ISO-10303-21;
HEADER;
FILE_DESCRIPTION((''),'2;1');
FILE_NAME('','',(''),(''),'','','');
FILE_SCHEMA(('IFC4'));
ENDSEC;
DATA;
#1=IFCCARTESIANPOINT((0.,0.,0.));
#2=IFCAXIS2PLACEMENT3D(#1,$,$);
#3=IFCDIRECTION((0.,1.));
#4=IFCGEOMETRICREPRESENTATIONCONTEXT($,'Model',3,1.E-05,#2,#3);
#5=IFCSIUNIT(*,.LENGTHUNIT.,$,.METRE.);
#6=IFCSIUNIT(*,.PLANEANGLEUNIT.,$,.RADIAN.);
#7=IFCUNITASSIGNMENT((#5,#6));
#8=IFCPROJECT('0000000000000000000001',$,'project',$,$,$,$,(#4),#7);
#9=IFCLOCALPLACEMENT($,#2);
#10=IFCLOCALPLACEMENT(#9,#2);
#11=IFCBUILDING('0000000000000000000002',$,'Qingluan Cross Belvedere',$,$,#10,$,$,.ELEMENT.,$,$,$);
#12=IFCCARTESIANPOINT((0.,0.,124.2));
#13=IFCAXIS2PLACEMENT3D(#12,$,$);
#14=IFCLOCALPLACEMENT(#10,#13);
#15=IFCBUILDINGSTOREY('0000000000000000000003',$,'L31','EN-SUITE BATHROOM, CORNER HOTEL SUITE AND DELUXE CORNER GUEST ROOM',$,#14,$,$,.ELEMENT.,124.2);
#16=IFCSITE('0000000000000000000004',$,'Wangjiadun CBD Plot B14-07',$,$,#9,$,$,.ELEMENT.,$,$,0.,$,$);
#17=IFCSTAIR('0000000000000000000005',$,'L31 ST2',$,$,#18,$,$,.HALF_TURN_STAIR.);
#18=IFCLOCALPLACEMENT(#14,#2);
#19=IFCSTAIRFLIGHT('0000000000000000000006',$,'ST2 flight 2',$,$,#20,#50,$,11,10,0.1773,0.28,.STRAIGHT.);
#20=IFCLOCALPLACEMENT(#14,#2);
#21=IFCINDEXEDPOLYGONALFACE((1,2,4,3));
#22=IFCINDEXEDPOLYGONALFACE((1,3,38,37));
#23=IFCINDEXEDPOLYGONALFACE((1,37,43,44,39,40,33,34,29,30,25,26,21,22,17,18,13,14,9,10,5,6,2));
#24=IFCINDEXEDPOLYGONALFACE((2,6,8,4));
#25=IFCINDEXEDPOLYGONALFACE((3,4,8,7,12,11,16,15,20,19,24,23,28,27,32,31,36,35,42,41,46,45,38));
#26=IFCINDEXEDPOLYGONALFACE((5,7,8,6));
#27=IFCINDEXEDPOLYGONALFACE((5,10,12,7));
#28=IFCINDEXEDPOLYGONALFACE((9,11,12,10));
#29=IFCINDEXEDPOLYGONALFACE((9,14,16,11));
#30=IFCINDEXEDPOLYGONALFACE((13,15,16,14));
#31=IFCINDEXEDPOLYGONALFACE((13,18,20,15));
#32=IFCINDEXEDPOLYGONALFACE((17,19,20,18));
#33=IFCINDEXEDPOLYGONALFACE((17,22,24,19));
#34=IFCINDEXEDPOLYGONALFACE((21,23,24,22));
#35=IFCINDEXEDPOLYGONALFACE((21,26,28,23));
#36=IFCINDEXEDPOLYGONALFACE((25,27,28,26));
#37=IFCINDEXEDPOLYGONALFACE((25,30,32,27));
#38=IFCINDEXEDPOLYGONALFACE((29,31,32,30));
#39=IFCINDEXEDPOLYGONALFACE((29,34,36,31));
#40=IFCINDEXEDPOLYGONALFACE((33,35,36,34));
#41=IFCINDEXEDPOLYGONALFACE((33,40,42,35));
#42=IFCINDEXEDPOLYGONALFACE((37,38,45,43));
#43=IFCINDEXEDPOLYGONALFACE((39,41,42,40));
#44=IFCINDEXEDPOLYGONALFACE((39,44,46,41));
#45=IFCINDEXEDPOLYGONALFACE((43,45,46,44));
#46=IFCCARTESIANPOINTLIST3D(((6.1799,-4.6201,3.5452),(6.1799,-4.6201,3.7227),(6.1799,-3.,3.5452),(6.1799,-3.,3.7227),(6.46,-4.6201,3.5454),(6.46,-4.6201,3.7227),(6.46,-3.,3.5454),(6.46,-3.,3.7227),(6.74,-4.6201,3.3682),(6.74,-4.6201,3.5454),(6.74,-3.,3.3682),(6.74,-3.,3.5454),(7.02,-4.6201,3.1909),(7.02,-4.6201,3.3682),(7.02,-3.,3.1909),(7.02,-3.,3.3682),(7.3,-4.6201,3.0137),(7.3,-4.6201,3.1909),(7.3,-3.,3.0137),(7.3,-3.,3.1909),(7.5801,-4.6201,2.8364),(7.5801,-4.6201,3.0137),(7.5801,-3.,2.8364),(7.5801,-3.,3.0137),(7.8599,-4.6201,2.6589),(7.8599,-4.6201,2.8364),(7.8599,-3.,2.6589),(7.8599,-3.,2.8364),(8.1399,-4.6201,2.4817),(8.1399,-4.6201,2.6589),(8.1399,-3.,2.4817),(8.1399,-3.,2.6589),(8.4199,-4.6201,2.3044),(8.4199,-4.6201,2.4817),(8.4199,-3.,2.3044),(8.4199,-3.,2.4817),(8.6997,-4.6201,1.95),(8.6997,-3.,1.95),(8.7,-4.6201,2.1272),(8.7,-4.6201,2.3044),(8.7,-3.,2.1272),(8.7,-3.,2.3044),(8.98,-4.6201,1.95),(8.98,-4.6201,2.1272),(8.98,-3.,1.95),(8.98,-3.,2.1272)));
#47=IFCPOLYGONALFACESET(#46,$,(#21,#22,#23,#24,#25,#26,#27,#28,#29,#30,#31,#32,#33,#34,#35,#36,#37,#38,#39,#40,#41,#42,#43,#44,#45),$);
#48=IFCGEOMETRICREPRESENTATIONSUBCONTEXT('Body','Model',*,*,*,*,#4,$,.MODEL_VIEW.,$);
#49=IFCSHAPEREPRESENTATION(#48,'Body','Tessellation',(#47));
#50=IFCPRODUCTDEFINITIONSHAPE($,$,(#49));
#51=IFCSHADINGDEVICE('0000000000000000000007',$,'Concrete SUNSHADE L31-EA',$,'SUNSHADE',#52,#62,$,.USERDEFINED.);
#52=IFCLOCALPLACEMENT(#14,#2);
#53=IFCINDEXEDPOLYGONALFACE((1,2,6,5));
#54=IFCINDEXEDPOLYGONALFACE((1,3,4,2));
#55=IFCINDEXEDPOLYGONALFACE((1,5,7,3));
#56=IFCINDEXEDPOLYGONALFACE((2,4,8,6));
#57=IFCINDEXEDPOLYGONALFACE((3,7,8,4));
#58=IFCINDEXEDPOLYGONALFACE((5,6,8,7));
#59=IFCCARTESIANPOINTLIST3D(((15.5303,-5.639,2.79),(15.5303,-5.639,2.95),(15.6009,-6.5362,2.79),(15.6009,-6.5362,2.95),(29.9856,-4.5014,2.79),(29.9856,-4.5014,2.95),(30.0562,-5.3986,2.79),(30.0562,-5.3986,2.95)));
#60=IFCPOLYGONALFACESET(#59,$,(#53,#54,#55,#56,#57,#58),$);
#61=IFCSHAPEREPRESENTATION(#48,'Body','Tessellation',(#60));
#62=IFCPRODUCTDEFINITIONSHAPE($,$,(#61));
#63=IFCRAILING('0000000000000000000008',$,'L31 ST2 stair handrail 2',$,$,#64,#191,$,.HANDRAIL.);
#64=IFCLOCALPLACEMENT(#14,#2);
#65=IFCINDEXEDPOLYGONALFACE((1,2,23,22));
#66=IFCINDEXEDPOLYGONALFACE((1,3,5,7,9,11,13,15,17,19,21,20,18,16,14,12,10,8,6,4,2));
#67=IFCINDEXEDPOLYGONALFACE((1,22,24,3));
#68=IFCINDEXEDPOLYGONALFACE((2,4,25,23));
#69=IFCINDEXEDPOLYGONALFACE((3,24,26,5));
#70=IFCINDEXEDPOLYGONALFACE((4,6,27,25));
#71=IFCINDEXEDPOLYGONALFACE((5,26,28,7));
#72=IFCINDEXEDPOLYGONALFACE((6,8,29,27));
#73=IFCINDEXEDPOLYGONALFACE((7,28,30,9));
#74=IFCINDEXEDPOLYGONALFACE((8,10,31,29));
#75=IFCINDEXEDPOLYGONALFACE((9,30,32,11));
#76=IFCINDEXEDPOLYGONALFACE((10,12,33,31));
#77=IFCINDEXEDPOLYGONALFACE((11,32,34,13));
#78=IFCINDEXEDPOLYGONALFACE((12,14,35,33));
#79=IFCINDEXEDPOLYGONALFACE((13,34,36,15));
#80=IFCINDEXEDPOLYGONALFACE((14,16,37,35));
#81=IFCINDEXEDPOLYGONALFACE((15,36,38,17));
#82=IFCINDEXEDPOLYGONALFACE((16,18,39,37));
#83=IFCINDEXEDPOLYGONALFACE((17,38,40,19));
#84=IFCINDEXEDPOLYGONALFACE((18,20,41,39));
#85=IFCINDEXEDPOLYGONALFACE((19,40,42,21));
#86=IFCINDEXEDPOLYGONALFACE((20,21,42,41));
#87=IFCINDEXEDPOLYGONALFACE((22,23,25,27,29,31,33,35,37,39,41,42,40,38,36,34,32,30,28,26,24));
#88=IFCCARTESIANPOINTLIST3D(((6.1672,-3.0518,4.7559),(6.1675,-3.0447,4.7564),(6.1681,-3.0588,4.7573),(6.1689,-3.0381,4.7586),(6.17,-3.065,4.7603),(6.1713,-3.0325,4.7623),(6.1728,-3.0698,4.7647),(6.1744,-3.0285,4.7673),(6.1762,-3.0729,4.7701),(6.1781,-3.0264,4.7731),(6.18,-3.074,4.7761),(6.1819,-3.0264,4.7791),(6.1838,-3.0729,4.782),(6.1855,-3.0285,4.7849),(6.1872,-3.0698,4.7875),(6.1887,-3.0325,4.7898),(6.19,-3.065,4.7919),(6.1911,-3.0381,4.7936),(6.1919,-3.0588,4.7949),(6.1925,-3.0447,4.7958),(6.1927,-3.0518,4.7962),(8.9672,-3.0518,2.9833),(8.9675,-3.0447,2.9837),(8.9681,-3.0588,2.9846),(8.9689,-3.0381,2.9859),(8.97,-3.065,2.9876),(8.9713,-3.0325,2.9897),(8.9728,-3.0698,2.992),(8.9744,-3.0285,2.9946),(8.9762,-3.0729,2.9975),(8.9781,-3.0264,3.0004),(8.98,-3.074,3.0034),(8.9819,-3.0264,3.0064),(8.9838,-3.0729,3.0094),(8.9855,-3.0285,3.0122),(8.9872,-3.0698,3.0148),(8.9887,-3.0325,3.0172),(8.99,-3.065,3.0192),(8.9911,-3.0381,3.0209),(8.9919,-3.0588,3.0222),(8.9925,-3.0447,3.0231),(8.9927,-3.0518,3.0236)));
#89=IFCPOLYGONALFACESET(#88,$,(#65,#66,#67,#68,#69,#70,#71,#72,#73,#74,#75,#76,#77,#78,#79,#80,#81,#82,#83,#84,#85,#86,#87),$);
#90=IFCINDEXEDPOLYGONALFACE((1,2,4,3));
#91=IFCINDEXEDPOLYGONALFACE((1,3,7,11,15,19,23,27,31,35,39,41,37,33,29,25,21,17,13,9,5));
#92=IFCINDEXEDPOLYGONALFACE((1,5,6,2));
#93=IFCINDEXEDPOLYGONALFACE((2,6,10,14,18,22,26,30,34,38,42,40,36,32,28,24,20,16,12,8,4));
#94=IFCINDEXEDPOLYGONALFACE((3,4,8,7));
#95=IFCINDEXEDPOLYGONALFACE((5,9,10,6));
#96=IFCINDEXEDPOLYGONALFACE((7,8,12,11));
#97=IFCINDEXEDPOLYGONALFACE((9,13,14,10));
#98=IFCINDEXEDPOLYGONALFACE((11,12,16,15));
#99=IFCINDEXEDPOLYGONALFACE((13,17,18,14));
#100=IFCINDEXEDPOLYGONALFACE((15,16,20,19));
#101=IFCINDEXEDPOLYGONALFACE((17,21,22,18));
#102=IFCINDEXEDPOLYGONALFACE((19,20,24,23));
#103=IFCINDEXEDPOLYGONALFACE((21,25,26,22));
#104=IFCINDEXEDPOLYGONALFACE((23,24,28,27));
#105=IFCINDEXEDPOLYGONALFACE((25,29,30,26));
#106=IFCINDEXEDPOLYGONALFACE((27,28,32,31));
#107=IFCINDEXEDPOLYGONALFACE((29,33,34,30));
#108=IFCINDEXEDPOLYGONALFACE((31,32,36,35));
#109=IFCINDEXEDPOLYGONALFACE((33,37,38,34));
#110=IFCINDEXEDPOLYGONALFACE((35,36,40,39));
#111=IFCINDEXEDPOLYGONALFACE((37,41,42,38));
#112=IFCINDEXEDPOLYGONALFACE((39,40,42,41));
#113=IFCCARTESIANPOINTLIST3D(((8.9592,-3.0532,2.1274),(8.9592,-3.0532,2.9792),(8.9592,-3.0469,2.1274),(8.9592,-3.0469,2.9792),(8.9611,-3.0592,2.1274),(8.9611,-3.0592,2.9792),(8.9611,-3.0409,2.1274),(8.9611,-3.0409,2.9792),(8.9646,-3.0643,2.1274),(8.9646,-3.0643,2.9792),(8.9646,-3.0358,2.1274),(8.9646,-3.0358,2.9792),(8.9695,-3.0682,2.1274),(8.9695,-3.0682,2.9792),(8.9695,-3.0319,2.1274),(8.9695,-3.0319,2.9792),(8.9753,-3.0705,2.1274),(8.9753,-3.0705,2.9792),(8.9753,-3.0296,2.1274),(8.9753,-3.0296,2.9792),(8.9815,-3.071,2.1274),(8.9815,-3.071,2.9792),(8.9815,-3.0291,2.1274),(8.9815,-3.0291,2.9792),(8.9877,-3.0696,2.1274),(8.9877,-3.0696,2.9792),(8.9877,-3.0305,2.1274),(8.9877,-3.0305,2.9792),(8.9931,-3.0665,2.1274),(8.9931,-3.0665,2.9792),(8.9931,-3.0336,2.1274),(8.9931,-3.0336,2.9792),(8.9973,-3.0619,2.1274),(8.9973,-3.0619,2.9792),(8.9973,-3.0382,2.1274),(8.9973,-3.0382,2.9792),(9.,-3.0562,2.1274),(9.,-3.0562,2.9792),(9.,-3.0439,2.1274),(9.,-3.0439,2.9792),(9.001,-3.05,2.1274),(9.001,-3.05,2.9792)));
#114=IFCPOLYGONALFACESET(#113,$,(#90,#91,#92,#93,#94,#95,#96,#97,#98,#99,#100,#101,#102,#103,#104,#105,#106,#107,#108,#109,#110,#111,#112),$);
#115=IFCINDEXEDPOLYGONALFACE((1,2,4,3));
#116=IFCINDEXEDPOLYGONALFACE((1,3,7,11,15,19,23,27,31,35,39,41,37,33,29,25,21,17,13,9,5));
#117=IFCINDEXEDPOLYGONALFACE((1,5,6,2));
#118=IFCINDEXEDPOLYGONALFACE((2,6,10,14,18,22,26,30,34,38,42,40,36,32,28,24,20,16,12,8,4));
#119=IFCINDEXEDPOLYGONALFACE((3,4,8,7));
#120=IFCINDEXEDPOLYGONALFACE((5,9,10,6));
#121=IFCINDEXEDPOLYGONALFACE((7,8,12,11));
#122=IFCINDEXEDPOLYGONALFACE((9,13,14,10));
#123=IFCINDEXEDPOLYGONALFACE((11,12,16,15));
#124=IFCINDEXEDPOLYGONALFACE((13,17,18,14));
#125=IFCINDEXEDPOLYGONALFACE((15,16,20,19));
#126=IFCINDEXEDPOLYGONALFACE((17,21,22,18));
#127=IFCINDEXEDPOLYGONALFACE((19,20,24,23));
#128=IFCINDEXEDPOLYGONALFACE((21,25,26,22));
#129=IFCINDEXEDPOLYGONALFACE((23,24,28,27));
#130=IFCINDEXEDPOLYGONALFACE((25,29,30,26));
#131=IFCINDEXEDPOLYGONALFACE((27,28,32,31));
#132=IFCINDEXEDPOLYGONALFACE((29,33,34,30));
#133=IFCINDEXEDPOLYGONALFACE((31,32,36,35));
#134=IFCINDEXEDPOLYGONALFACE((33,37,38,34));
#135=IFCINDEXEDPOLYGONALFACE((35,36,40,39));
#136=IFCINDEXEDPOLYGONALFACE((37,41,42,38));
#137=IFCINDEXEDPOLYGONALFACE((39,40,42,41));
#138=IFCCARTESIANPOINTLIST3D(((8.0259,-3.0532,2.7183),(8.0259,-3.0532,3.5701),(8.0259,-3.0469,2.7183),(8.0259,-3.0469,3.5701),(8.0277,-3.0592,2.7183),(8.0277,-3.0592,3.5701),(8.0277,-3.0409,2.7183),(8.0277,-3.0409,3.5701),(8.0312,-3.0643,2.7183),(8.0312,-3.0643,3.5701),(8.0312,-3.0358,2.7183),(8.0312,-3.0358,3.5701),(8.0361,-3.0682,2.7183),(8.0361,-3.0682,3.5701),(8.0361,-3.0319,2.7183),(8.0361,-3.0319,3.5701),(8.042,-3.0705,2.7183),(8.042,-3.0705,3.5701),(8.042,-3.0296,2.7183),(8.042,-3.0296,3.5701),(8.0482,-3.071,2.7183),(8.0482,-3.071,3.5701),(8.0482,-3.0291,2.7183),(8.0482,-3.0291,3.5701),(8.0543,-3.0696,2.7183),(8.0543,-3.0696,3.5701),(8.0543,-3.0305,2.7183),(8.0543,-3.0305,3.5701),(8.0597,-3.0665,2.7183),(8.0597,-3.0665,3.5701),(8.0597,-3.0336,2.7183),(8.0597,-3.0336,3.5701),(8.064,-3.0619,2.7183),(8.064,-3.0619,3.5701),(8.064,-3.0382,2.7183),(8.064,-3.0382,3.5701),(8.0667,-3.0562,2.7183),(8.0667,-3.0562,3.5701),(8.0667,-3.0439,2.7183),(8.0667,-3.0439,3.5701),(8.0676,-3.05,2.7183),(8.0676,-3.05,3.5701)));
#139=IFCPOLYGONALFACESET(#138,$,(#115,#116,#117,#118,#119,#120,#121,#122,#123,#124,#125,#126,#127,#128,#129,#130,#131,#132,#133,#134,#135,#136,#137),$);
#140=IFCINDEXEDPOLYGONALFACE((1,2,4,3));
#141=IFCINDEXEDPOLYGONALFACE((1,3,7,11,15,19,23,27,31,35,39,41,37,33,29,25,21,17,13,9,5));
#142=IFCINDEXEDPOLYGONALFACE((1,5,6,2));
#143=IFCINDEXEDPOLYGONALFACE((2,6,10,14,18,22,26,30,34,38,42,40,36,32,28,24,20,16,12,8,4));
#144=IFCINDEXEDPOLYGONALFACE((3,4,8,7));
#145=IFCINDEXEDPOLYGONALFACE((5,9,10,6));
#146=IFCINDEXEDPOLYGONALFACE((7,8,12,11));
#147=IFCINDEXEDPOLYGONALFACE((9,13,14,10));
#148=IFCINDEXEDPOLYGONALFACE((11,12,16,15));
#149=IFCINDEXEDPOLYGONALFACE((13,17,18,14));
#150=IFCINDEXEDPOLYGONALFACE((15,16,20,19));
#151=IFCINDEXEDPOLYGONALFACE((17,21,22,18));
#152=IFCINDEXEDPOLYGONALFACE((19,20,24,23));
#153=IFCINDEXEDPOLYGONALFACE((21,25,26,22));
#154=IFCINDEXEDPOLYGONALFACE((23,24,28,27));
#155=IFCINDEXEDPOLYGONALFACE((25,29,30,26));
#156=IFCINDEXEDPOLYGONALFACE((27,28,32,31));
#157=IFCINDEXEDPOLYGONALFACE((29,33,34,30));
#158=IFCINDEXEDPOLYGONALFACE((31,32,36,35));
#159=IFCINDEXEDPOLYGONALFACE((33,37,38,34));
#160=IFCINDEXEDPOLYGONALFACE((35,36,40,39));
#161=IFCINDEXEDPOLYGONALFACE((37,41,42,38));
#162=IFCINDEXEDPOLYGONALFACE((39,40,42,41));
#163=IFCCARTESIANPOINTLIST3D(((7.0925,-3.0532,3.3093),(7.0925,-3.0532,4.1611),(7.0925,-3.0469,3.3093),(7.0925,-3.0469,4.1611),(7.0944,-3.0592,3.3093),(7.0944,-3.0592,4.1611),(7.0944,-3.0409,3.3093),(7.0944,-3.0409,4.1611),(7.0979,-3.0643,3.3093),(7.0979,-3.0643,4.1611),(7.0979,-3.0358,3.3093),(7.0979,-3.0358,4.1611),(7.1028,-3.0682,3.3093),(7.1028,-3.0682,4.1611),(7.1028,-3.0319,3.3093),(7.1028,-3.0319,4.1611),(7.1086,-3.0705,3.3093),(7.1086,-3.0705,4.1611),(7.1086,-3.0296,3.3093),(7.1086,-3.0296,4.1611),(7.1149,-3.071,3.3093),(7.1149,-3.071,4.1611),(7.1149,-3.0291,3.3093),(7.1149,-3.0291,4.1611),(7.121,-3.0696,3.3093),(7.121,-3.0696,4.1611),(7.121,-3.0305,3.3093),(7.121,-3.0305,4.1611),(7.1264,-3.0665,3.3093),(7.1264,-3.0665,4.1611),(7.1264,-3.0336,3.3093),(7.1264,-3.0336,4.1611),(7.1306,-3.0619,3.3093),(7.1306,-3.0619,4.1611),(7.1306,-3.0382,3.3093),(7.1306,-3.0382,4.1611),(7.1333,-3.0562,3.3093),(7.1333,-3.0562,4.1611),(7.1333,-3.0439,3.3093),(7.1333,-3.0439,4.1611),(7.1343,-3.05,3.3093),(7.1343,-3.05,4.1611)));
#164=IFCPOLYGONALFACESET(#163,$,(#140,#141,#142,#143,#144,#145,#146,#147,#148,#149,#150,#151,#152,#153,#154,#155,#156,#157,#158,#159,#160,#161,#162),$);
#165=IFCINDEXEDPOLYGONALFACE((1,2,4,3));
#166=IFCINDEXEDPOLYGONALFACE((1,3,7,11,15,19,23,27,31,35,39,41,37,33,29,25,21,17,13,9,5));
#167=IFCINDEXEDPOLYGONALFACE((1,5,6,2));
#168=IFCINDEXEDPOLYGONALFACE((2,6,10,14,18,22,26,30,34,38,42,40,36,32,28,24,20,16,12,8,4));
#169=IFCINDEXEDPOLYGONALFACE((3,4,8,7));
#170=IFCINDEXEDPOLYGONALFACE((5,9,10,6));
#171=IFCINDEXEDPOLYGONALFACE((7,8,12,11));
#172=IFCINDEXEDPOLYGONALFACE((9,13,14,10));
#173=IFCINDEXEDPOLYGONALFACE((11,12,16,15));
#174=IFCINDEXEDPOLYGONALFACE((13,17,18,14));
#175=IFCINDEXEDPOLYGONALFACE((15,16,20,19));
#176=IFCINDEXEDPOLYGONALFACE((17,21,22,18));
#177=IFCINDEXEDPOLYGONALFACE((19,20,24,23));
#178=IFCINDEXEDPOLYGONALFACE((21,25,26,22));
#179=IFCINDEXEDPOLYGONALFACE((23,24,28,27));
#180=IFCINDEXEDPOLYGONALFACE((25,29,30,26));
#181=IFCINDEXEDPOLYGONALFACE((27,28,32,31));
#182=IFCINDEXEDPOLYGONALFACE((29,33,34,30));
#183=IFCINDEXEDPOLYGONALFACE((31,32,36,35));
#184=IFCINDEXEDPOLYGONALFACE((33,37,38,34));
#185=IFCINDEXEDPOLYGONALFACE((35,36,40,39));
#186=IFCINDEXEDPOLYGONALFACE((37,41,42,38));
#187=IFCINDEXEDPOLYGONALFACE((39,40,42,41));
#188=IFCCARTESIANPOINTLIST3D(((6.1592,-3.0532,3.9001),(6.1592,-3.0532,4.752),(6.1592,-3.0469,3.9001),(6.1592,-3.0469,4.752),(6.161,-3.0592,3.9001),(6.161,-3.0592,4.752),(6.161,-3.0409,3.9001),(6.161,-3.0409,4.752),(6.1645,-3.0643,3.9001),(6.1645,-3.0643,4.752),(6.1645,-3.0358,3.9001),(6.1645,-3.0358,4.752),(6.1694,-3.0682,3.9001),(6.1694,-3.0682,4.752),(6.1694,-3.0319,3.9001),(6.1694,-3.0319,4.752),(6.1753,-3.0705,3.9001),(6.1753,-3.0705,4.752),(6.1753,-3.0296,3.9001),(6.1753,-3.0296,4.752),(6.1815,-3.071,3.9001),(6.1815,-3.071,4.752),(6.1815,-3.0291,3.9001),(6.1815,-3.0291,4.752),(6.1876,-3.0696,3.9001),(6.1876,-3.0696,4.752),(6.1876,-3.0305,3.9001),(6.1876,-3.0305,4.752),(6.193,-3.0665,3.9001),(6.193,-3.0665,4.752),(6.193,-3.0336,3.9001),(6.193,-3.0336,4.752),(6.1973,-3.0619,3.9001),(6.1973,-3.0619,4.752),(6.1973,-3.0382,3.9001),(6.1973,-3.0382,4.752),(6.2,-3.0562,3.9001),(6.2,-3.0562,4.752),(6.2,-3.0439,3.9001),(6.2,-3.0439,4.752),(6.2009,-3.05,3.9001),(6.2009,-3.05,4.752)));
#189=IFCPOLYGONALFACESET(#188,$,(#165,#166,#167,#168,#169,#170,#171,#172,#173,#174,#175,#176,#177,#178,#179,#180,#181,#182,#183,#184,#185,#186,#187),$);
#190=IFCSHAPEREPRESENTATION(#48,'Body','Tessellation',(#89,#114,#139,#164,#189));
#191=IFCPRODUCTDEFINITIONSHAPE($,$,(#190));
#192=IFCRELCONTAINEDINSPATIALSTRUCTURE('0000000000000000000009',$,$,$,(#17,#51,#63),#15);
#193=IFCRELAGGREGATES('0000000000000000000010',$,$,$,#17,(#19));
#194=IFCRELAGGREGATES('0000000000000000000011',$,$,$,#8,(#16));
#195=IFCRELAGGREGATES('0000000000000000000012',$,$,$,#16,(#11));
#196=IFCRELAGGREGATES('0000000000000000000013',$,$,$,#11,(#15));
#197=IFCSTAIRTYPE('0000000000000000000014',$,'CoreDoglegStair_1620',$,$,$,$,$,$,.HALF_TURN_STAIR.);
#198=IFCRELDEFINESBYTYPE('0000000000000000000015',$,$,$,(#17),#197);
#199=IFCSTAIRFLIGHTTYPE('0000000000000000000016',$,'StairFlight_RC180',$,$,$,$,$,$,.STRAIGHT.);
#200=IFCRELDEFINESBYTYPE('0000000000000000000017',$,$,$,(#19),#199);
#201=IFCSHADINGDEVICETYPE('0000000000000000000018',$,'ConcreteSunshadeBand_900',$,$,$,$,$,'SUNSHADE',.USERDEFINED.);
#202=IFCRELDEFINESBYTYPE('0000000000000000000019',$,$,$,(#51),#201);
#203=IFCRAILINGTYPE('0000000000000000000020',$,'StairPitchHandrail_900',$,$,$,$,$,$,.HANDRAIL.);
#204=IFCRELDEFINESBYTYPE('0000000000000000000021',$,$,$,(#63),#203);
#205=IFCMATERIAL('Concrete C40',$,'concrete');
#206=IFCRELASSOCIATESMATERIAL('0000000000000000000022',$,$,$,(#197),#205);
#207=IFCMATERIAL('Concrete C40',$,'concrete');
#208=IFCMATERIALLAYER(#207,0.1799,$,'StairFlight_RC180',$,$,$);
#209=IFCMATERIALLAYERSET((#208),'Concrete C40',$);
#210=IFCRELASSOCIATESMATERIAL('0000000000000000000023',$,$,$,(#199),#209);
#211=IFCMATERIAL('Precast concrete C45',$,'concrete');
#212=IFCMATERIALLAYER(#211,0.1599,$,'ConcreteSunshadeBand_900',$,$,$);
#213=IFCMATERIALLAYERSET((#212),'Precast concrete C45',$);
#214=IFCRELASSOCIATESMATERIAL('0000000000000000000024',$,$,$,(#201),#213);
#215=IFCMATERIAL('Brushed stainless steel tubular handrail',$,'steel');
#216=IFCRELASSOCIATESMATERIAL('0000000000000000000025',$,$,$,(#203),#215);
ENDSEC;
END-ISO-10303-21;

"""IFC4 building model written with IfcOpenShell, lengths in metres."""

from ifc_helpers import new_model, si_unit, direction, frame, origin, origin_2d, place, context, subcontext, project, spatial, polyline, rectangle, circle, outline, extrude, material, layer, layer_set, type_object, element, aggregate, save


model = new_model("IFC4")

# Units and contexts
model_context = context("Model", 3, precision=1e-05, world=origin(), true_north=direction((0.0, 1.0)))
body_context = subcontext(model_context, "Body", "Model", "MODEL_VIEW")
ifc_project = project(units=[si_unit("LENGTHUNIT", "METRE"), si_unit("PLANEANGLEUNIT", "RADIAN")], contexts=[model_context])

# Site, building, storey
site_placement = place(None, origin())
site = spatial("IfcSite", under=ifc_project, at=site_placement, Name="Wangjiadun CBD Plot B14-07", CompositionType="ELEMENT", RefElevation=0.0)
building_placement = place(site_placement, origin())
building = spatial("IfcBuilding", under=site, at=building_placement, Name="Qingluan Cross Belvedere", CompositionType="ELEMENT")
storey_placement = place(building_placement, frame((0.0, 0.0, 124.2)))
storey = spatial("IfcBuildingStorey", under=building, at=storey_placement, Name="L31", Description="EN-SUITE BATHROOM, CORNER HOTEL SUITE AND DELUXE CORNER GUEST ROOM", CompositionType="ELEMENT", Elevation=124.2)

# Stair, stair flight
ifc_material_1 = material(Name="Concrete C40", Category="concrete")
stair_type = type_object("IfcStairType", Name="CoreDoglegStair_1620", PredefinedType="HALF_TURN_STAIR", material=ifc_material_1)
stair_placement = place(storey_placement, origin())
stair = element("IfcStair", 1, at=stair_placement, inside=storey, type_object=stair_type, Name="L31 ST2", PredefinedType="HALF_TURN_STAIR")
ifc_material_2 = material(Name="Concrete C40", Category="concrete")
ifc_layer_1 = layer(ifc_material_2, 0.1799, Name="StairFlight_RC180")
ifc_layer_set_1 = layer_set([ifc_layer_1], Name="Concrete C40")
stair_flight_type = type_object("IfcStairFlightType", Name="StairFlight_RC180", PredefinedType="STRAIGHT", material=ifc_layer_set_1)
stair_flight_placement = place(storey_placement, frame((8.98, -3.8101, 1.95), z_axis=(0.0, 0.0, 1.0), x_axis=(-1.0, 0.0, 0.0)))
stair_flight = element("IfcStairFlight", 2, at=stair_flight_placement, type_object=stair_flight_type, Name="ST2 flight 2", NumberOfRisers=11, NumberOfTreads=10, PredefinedType="STRAIGHT", RiserHeight=0.1773, TreadLength=0.28, context=body_context, shape_type="SweptSolid", body=[
    extrude(outline(polyline([(0.0, 0.0), (0.0, 0.1772), (0.28, 0.1772), (0.28, 0.3545), (0.5601, 0.3545), (0.5601, 0.5317), (0.8401, 0.5317), (0.8401, 0.709), (1.1201, 0.709), (1.1201, 0.8865), (1.3999, 0.8865), (1.3999, 1.0637), (1.6799, 1.0637), (1.6799, 1.241), (1.96, 1.241), (1.96, 1.4182), (2.24, 1.4182), (2.24, 1.5955), (2.52, 1.5955), (2.52, 1.7727), (2.8, 1.7727), (2.8, 1.95), (2.8, 1.5952), (0.2803, 0.0), (0.0, 0.0)])), frame((0.0, 0.8101, 0.0), z_axis=(0.0, -1.0, 0.0), x_axis=(1.0, 0.0, 0.0)), (0.0, 0.0, 1.0), 1.6201),
])
aggregate(stair, [stair_flight])

# Shading device
ifc_material_3 = material(Name="Precast concrete C45", Category="concrete")
ifc_layer_2 = layer(ifc_material_3, 0.1599, Name="ConcreteSunshadeBand_900")
ifc_layer_set_2 = layer_set([ifc_layer_2], Name="Precast concrete C45")
shading_device_type = type_object("IfcShadingDeviceType", Name="ConcreteSunshadeBand_900", ElementType="SUNSHADE", PredefinedType="USERDEFINED", material=ifc_layer_set_2)
shading_device_placement = place(storey_placement, frame((22.7932, -5.5188, 2.79), z_axis=(0.0, 0.0, 1.0), x_axis=(0.996918, 0.078456, 0.0)))
element("IfcShadingDevice", 3, at=shading_device_placement, inside=storey, type_object=shading_device_type, Name="Concrete SUNSHADE L31-EA", ObjectType="SUNSHADE", PredefinedType="USERDEFINED", context=body_context, shape_type="SweptSolid", body=[
    extrude(rectangle(XDim=14.5, YDim=0.8999, at=origin_2d()), origin(), (0.0, 0.0, 1.0), 0.1599),
])

# Railing
ifc_material_4 = material(Name="Brushed stainless steel tubular handrail", Category="steel")
railing_type_1 = type_object("IfcRailingType", Name="StairPitchHandrail_900", PredefinedType="HANDRAIL", material=ifc_material_4)
railing_1_placement = place(storey_placement, frame((8.98, -3.05, 2.1274)))
element("IfcRailing", 4, at=railing_1_placement, inside=storey, type_object=railing_type_1, Name="L31 ST2 stair handrail 2", PredefinedType="HANDRAIL", context=body_context, shape_type="SweptSolid", body=[
    extrude(circle(Radius=0.0239, at=origin_2d()), frame((0.0, 0.0, 0.876), z_axis=(-0.844909, 0.0, 0.53491), x_axis=(0.0, -1.0, 0.0)), (0.0, 0.0, 1.0), 3.314),
    extrude(circle(Radius=0.021, at=origin_2d()), origin(), (0.0, 0.0, 1.0), 0.8518),
    extrude(circle(Radius=0.021, at=origin_2d()), frame((-0.9333, 0.0, 0.5908)), (0.0, 0.0, 1.0), 0.8518),
    extrude(circle(Radius=0.021, at=origin_2d()), frame((-1.8667, 0.0, 1.1819)), (0.0, 0.0, 1.0), 0.8518),
    extrude(circle(Radius=0.021, at=origin_2d()), frame((-2.8, 0.0, 1.7727)), (0.0, 0.0, 1.0), 0.8518),
])

save(model, "model.ifc")
